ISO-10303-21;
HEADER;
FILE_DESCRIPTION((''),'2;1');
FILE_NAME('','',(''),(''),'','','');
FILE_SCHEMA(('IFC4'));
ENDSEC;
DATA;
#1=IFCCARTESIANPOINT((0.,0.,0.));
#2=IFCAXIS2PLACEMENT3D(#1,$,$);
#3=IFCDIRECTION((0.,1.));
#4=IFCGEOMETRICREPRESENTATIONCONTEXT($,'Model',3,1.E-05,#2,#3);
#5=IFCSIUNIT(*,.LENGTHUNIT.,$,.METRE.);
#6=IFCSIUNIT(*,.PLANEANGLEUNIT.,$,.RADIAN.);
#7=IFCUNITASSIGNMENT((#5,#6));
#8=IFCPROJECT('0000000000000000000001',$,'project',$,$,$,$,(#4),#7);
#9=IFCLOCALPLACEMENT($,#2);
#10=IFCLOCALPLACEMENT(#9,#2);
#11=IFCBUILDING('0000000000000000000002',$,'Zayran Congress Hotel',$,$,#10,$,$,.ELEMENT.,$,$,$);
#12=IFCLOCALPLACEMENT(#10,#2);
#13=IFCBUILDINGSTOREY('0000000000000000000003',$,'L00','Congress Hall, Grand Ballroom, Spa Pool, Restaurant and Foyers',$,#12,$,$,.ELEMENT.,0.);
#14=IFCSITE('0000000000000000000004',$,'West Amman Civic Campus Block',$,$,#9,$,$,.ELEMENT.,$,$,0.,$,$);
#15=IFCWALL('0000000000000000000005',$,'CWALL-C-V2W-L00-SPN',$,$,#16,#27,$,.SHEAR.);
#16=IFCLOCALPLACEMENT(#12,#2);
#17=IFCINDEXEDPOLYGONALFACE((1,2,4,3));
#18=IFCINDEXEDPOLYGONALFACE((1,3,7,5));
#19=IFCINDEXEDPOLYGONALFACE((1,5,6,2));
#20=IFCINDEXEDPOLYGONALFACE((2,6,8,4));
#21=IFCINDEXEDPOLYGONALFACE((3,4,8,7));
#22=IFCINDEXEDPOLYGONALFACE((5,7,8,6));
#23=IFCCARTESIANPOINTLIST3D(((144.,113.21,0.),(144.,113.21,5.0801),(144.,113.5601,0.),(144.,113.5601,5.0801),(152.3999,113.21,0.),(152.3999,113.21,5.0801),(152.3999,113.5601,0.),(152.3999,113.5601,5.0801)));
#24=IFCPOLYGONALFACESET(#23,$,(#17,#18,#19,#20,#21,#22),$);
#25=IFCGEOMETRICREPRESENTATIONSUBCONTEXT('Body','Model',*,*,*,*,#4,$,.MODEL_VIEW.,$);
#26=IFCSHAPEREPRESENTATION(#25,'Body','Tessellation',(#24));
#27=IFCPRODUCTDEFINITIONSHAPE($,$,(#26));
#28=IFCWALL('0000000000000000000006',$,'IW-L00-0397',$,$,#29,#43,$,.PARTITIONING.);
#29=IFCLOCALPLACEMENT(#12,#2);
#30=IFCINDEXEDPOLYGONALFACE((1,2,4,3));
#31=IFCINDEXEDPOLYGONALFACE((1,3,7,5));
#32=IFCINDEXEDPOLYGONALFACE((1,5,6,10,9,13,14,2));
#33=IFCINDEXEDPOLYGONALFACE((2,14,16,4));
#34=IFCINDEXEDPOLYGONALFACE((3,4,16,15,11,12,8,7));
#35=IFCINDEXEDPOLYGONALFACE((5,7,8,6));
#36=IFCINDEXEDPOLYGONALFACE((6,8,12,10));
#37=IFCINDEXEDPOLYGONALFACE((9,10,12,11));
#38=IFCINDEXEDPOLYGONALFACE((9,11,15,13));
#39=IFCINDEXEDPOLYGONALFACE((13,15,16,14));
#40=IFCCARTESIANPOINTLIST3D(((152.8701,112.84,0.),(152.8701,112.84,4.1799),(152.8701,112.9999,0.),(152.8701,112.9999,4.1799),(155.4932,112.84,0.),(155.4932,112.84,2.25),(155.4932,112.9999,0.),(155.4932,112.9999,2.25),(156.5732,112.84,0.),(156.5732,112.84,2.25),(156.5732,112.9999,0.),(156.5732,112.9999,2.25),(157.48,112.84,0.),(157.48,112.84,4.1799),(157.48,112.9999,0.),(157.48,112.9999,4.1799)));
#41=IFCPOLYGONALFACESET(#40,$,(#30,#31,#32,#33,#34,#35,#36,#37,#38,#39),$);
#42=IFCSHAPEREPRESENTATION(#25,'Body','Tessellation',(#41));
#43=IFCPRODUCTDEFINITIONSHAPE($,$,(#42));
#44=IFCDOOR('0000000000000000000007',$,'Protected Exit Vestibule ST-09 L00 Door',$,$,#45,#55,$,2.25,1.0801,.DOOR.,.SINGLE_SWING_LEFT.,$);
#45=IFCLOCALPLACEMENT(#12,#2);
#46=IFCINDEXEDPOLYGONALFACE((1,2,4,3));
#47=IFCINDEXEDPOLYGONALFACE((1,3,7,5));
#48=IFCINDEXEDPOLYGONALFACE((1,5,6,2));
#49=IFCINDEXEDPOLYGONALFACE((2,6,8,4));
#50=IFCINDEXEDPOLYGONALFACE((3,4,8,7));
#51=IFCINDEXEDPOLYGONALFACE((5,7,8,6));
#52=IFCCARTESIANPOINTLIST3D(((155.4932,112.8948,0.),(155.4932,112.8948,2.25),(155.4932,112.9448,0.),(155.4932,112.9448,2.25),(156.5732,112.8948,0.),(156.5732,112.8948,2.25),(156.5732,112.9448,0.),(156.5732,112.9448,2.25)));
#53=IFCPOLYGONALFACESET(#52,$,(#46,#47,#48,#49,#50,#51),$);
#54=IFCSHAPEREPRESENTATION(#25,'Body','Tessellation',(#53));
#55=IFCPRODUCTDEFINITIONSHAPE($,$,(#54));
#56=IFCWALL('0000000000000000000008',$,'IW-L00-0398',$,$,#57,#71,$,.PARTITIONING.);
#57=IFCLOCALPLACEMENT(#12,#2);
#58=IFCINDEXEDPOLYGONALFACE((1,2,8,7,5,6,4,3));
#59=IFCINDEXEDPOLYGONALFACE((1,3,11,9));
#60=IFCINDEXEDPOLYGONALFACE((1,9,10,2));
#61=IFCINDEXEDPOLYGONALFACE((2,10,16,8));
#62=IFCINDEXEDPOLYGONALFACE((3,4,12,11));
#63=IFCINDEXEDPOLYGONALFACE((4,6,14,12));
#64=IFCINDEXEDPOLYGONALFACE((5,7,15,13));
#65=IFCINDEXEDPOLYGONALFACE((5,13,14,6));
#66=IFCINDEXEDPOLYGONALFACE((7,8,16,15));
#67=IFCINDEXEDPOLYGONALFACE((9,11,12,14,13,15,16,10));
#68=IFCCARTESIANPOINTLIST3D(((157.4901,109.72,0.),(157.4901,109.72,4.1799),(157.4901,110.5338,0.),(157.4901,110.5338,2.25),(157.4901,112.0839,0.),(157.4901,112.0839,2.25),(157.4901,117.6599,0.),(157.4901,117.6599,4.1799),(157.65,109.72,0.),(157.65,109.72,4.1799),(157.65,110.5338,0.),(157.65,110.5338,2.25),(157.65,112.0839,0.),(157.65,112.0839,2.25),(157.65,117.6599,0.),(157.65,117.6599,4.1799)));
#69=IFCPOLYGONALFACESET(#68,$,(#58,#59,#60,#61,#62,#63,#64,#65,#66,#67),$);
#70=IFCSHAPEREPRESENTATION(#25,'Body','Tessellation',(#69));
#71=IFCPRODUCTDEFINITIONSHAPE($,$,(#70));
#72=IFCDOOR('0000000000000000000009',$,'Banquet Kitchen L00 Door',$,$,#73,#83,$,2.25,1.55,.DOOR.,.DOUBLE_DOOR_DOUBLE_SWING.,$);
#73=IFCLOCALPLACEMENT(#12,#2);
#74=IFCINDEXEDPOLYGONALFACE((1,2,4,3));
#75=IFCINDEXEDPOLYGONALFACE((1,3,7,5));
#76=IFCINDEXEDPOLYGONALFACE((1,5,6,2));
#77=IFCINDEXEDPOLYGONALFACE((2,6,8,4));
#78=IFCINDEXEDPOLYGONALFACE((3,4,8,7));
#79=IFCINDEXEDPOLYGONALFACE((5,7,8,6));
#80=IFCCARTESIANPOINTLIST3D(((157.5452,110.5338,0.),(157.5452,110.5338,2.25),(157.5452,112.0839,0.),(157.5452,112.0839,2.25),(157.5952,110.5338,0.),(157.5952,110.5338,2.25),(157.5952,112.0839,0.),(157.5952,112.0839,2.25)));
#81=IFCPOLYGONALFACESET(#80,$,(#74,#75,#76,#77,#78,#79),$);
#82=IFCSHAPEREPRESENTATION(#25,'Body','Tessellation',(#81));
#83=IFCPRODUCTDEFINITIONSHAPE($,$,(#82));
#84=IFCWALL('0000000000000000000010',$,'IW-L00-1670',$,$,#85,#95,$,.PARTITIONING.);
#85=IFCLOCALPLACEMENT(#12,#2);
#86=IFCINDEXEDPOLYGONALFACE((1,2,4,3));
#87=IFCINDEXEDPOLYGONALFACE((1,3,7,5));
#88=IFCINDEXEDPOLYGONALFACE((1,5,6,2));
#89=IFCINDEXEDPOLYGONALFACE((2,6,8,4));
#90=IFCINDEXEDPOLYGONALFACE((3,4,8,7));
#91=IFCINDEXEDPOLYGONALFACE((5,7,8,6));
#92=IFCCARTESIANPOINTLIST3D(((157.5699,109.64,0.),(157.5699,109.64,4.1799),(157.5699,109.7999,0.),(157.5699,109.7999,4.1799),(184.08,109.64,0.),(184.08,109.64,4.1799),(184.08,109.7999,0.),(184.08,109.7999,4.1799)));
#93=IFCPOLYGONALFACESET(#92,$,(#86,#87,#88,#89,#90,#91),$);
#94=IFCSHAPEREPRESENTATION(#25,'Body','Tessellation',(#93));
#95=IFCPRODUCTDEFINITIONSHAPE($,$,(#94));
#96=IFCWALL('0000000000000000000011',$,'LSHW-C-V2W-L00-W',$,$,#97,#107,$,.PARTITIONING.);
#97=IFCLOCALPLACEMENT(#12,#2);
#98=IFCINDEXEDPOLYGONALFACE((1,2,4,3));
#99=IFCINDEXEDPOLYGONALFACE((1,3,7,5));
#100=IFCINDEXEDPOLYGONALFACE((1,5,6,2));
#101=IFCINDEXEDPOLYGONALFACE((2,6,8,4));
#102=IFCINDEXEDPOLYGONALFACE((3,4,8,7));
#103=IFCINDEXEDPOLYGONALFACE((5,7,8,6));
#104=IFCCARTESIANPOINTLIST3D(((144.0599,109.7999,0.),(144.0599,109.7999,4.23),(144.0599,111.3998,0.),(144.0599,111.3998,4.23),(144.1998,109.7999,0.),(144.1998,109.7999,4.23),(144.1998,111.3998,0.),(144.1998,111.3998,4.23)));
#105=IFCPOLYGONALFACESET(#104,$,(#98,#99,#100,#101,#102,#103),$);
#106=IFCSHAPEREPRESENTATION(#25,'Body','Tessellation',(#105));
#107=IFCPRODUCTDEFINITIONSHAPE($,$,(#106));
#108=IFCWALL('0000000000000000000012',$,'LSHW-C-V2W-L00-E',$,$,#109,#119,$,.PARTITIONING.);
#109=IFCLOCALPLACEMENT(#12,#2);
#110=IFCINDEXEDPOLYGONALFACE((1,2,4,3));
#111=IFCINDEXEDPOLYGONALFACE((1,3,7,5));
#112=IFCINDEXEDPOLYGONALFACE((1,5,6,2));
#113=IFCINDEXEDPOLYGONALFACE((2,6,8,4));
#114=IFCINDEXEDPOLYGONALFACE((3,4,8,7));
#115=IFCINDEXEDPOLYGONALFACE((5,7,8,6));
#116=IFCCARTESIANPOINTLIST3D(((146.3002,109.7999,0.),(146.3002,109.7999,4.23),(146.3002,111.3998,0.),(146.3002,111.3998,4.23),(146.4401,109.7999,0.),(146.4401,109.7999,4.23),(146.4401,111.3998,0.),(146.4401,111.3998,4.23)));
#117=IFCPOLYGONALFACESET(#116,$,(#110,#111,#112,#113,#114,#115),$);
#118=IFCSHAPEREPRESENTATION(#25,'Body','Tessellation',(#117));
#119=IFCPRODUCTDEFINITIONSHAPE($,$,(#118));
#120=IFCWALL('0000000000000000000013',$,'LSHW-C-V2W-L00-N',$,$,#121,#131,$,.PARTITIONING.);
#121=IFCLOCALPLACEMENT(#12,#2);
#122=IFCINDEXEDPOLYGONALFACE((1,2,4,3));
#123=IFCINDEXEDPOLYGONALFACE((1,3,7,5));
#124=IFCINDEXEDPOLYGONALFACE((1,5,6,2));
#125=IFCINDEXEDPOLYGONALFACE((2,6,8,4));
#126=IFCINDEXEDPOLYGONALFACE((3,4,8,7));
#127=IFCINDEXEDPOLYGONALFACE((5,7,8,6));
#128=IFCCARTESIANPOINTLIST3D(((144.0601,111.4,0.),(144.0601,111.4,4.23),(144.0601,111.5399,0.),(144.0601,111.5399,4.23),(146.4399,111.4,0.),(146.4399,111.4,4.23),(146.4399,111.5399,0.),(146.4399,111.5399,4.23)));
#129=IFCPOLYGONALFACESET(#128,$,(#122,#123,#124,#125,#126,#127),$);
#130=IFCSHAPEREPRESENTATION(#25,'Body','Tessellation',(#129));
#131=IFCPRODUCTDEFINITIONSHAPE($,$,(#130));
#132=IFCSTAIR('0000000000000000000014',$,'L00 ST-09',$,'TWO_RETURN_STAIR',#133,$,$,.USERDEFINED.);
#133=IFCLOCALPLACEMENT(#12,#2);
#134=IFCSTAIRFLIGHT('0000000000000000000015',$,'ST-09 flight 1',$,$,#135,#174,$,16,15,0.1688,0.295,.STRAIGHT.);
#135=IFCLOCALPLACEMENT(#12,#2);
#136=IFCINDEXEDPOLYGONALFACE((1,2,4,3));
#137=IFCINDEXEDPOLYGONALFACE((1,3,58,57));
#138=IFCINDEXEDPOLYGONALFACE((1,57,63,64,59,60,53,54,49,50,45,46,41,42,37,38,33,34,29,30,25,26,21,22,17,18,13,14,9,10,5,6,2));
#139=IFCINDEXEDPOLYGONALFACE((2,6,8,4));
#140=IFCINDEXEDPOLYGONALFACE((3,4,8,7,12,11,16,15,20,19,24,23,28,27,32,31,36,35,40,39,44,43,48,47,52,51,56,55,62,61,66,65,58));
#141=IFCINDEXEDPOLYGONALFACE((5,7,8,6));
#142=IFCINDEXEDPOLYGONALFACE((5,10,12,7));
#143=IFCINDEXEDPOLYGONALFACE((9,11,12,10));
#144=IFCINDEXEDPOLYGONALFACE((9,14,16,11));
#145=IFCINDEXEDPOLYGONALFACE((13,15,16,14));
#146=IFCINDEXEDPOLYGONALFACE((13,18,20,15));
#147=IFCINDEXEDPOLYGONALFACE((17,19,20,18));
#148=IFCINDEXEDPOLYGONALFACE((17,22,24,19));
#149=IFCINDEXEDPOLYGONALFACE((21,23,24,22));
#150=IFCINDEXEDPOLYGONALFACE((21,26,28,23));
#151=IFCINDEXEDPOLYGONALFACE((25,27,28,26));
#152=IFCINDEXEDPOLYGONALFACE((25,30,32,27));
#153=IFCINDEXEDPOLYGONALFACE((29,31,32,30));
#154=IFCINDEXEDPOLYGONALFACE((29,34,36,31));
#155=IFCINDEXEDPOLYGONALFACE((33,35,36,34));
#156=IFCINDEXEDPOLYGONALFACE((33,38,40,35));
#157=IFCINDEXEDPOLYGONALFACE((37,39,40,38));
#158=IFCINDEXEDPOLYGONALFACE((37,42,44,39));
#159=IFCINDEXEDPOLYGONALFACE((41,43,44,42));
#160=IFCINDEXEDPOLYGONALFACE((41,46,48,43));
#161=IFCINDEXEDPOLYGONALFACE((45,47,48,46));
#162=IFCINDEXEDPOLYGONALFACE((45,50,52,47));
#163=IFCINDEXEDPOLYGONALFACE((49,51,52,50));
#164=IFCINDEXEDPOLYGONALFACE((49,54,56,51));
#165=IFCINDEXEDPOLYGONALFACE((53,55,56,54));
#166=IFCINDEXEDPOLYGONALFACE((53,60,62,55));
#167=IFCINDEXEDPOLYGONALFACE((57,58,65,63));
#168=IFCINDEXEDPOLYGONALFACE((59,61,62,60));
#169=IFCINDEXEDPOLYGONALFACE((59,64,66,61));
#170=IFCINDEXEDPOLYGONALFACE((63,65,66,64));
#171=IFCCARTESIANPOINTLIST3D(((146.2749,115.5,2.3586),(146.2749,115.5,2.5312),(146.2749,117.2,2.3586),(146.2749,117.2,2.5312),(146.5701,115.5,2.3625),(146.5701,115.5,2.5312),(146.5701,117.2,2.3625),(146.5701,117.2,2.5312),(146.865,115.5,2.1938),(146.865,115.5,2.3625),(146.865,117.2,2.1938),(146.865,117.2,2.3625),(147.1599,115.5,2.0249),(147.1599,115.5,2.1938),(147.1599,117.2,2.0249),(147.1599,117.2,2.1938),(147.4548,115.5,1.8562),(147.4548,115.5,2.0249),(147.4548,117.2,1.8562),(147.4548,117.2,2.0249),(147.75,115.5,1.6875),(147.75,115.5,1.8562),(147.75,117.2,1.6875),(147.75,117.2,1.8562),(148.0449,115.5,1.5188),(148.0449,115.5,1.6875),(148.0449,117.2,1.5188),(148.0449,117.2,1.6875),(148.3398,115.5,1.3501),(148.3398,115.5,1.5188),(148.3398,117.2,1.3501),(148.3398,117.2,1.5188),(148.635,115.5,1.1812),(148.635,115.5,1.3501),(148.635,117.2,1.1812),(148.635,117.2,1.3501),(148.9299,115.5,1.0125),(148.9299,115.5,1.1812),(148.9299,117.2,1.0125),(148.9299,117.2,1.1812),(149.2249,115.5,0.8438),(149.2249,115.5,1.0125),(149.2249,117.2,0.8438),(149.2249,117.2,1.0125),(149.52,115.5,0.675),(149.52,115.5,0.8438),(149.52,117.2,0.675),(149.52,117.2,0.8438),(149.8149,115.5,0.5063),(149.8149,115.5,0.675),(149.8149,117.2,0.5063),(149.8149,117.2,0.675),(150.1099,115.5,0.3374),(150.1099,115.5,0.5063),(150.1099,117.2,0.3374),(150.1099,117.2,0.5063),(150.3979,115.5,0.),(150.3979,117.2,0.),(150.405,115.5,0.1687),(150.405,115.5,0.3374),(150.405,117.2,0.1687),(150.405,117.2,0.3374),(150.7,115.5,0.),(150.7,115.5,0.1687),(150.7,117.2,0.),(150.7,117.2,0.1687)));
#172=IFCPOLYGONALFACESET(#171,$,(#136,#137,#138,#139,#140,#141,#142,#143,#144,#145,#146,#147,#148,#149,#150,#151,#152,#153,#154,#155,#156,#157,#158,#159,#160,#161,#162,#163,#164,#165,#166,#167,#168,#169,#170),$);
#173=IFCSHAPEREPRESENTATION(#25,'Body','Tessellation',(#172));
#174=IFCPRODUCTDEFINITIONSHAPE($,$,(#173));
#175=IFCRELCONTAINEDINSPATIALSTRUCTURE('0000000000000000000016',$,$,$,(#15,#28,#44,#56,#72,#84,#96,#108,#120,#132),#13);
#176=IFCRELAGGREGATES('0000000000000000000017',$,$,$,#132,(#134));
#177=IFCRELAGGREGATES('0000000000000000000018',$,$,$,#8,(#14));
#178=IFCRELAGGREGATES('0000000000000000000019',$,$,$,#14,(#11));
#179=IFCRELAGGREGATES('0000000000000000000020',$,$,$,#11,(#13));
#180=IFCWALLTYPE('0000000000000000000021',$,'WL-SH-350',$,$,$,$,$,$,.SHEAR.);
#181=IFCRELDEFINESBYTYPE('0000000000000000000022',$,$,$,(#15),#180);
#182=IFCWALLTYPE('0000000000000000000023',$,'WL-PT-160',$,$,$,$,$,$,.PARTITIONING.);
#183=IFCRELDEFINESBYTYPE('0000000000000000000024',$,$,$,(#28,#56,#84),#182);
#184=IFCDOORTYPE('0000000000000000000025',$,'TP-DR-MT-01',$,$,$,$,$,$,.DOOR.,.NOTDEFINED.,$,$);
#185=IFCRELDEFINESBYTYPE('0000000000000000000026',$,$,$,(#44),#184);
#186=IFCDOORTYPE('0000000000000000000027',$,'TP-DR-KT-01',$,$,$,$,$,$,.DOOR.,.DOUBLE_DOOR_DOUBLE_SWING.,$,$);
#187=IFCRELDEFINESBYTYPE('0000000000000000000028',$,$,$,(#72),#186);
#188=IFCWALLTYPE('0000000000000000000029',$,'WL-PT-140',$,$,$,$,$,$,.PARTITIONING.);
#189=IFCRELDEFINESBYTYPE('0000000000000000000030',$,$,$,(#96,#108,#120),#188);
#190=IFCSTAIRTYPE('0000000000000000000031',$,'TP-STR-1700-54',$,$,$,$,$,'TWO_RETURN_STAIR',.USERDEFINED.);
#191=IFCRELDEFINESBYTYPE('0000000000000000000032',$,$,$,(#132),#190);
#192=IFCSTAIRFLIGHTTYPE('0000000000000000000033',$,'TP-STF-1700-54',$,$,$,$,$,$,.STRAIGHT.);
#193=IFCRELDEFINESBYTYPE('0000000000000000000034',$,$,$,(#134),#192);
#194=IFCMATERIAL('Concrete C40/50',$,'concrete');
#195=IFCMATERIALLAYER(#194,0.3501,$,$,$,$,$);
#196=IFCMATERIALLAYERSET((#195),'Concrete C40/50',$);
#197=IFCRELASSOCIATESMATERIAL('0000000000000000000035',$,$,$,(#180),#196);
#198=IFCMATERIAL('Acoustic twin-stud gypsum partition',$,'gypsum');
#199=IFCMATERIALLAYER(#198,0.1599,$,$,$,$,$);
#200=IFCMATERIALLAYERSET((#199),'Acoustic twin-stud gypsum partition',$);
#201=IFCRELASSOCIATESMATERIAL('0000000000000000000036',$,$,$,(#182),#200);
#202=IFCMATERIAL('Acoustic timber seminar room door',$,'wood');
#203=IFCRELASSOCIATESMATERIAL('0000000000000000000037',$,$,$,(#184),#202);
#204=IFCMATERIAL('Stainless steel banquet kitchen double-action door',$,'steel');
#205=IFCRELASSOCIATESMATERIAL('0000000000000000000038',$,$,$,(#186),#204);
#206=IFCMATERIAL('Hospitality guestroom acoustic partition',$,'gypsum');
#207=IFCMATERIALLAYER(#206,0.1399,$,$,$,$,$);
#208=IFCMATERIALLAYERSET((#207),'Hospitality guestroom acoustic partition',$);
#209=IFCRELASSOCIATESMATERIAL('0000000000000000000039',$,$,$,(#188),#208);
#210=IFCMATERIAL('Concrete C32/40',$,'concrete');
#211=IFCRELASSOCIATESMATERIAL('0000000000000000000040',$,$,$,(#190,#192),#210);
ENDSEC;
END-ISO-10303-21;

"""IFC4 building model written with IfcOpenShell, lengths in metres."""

from ifc_helpers import new_model, si_unit, direction, frame, frame_2d, origin, place, context, subcontext, project, spatial, polyline, rectangle, outline, extrude, material, layer, layer_set, type_object, element, fill, aggregate, save


model = new_model("IFC4")

# Units and contexts
model_context = context("Model", 3, precision=1e-05, world=origin(), true_north=direction((0.0, 1.0)))
body_context = subcontext(model_context, "Body", "Model", "MODEL_VIEW")
ifc_project = project(units=[si_unit("LENGTHUNIT", "METRE"), si_unit("PLANEANGLEUNIT", "RADIAN")], contexts=[model_context])

# Site, building, storey
site_placement = place(None, origin())
site = spatial("IfcSite", under=ifc_project, at=site_placement, Name="West Amman Civic Campus Block", CompositionType="ELEMENT", RefElevation=0.0)
building_placement = place(site_placement, origin())
building = spatial("IfcBuilding", under=site, at=building_placement, Name="Zayran Congress Hotel", CompositionType="ELEMENT")
storey_placement = place(building_placement, origin())
storey = spatial("IfcBuildingStorey", under=building, at=storey_placement, Name="L00", Description="Congress Hall, Grand Ballroom, Spa Pool, Restaurant and Foyers", CompositionType="ELEMENT", Elevation=0.0)

# Shared definitions
ifc_material_1 = material(Name="Concrete C40/50", Category="concrete")

# Wall
ifc_layer_1 = layer(ifc_material_1, 0.3501)
ifc_layer_set_1 = layer_set([ifc_layer_1], Name="Concrete C40/50")
wall_type_1 = type_object("IfcWallType", Name="WL-SH-350", PredefinedType="SHEAR", material=ifc_layer_set_1)
wall_1_placement = place(storey_placement, frame((144.0, 113.385, 0.0), z_axis=(0.0, 0.0, 1.0), x_axis=(1.0, 0.0, 0.0)))
element("IfcWall", 1, at=wall_1_placement, inside=storey, type_object=wall_type_1, Name="CWALL-C-V2W-L00-SPN", PredefinedType="SHEAR", context=body_context, shape_type="SweptSolid", body=[
    extrude(rectangle(XDim=8.3999, YDim=0.3501, at=frame_2d((4.2, 0.0))), origin(), (0.0, 0.0, 1.0), 5.0801),
])

# Walls, openings, doors
ifc_material_2 = material(Name="Acoustic twin-stud gypsum partition", Category="gypsum")
ifc_layer_2 = layer(ifc_material_2, 0.1599)
ifc_layer_set_2 = layer_set([ifc_layer_2], Name="Acoustic twin-stud gypsum partition")
wall_type_2 = type_object("IfcWallType", Name="WL-PT-160", PredefinedType="PARTITIONING", material=ifc_layer_set_2)
wall_2_placement = place(storey_placement, frame((152.8701, 112.9199, 0.0), z_axis=(0.0, 0.0, 1.0), x_axis=(1.0, 0.0, 0.0)))
wall_2 = element("IfcWall", 2, at=wall_2_placement, inside=storey, type_object=wall_type_2, Name="IW-L00-0397", PredefinedType="PARTITIONING", context=body_context, shape_type="SweptSolid", body=[
    extrude(rectangle(XDim=4.6099, YDim=0.1599, at=frame_2d((2.3049, 0.0))), origin(), (0.0, 0.0, 1.0), 4.1799),
])
opening_1_placement = place(wall_2_placement, frame((2.623, 0.0, 0.0)))
opening_1 = element("IfcOpeningElement", 3, at=opening_1_placement, cuts=wall_2, PredefinedType="OPENING", context=body_context, shape_type="SweptSolid", body=[
    extrude(rectangle(XDim=1.0801, YDim=2.25, at=frame_2d((0.54, 1.125))), frame((0.0, 0.0898, 0.0), z_axis=(0.0, -1.0, 0.0), x_axis=(1.0, 0.0, 0.0)), (0.0, 0.0, 1.0), 0.1799),
])
ifc_material_3 = material(Name="Acoustic timber seminar room door", Category="wood")
door_type_1 = type_object("IfcDoorType", Name="TP-DR-MT-01", OperationType="NOTDEFINED", PredefinedType="DOOR", material=ifc_material_3)
door_1_placement = place(opening_1_placement, origin())
door_1 = element("IfcDoor", 4, at=door_1_placement, inside=storey, type_object=door_type_1, Name="Protected Exit Vestibule ST-09 L00 Door", OperationType="SINGLE_SWING_LEFT", OverallHeight=2.25, OverallWidth=1.0801, PredefinedType="DOOR", context=body_context, shape_type="SweptSolid", body=[
    extrude(rectangle(XDim=1.0801, YDim=2.25, at=frame_2d((0.54, 1.125))), frame((0.0, 0.0249, 0.0), z_axis=(0.0, -1.0, 0.0), x_axis=(1.0, 0.0, 0.0)), (0.0, 0.0, 1.0), 0.05),
])
fill(opening_1, door_1)
wall_3_placement = place(storey_placement, frame((157.5701, 109.72, 0.0), z_axis=(0.0, 0.0, 1.0), x_axis=(0.0, 1.0, 0.0)))
wall_3 = element("IfcWall", 5, at=wall_3_placement, inside=storey, type_object=wall_type_2, Name="IW-L00-0398", PredefinedType="PARTITIONING", context=body_context, shape_type="SweptSolid", body=[
    extrude(rectangle(XDim=7.9399, YDim=0.1599, at=frame_2d((3.97, 0.0))), origin(), (0.0, 0.0, 1.0), 4.1799),
])
opening_2_placement = place(wall_3_placement, frame((0.814, 0.0, 0.0)))
opening_2 = element("IfcOpeningElement", 6, at=opening_2_placement, cuts=wall_3, PredefinedType="OPENING", context=body_context, shape_type="SweptSolid", body=[
    extrude(rectangle(XDim=1.55, YDim=2.25, at=frame_2d((0.7749, 1.125))), frame((0.0, 0.0898, 0.0), z_axis=(0.0, -1.0, 0.0), x_axis=(1.0, 0.0, 0.0)), (0.0, 0.0, 1.0), 0.1799),
])
ifc_material_4 = material(Name="Stainless steel banquet kitchen double-action door", Category="steel")
door_type_2 = type_object("IfcDoorType", Name="TP-DR-KT-01", OperationType="DOUBLE_DOOR_DOUBLE_SWING", PredefinedType="DOOR", material=ifc_material_4)
door_2_placement = place(opening_2_placement, origin())
door_2 = element("IfcDoor", 7, at=door_2_placement, inside=storey, type_object=door_type_2, Name="Banquet Kitchen L00 Door", OperationType="DOUBLE_DOOR_DOUBLE_SWING", OverallHeight=2.25, OverallWidth=1.55, PredefinedType="DOOR", context=body_context, shape_type="SweptSolid", body=[
    extrude(rectangle(XDim=1.55, YDim=2.25, at=frame_2d((0.7749, 1.125))), frame((0.0, 0.0249, 0.0), z_axis=(0.0, -1.0, 0.0), x_axis=(1.0, 0.0, 0.0)), (0.0, 0.0, 1.0), 0.05),
])
fill(opening_2, door_2)

# Walls
wall_4_placement = place(storey_placement, frame((157.5701, 109.72, 0.0), z_axis=(0.0, 0.0, 1.0), x_axis=(1.0, 0.0, 0.0)))
element("IfcWall", 8, at=wall_4_placement, inside=storey, type_object=wall_type_2, Name="IW-L00-1670", PredefinedType="PARTITIONING", context=body_context, shape_type="SweptSolid", body=[
    extrude(rectangle(XDim=26.51, YDim=0.1599, at=frame_2d((13.2549, 0.0))), origin(), (0.0, 0.0, 1.0), 4.1799),
])
ifc_material_5 = material(Name="Hospitality guestroom acoustic partition", Category="gypsum")
ifc_layer_3 = layer(ifc_material_5, 0.1399)
ifc_layer_set_3 = layer_set([ifc_layer_3], Name="Hospitality guestroom acoustic partition")
wall_type_3 = type_object("IfcWallType", Name="WL-PT-140", PredefinedType="PARTITIONING", material=ifc_layer_set_3)
for number, where, z_axis, x_axis, name in (
    (9, (144.1299, 109.8, 0.0), (0.0, 0.0, 1.0), (0.0, 1.0, 0.0), "LSHW-C-V2W-L00-W"),
    (10, (146.3701, 109.8, 0.0), (0.0, 0.0, 1.0), (0.0, 1.0, 0.0), "LSHW-C-V2W-L00-E"),
):
    element("IfcWall", number, at=place(storey_placement, frame(where, z_axis=z_axis, x_axis=x_axis)), inside=storey, type_object=wall_type_3, Name=name, PredefinedType="PARTITIONING", context=body_context, shape_type="SweptSolid", body=[
        extrude(rectangle(XDim=1.5999, YDim=0.1399, at=frame_2d((0.7998, 0.0))), origin(), (0.0, 0.0, 1.0), 4.23),
    ])
wall_5_placement = place(storey_placement, frame((144.0601, 111.47, 0.0), z_axis=(0.0, 0.0, 1.0), x_axis=(1.0, 0.0, 0.0)))
element("IfcWall", 11, at=wall_5_placement, inside=storey, type_object=wall_type_3, Name="LSHW-C-V2W-L00-N", PredefinedType="PARTITIONING", context=body_context, shape_type="SweptSolid", body=[
    extrude(rectangle(XDim=2.3799, YDim=0.1399, at=frame_2d((1.1899, 0.0))), origin(), (0.0, 0.0, 1.0), 4.23),
])

# Stair, stair flight
ifc_material_6 = material(Name="Concrete C32/40", Category="concrete")
stair_type = type_object("IfcStairType", Name="TP-STR-1700-54", ElementType="TWO_RETURN_STAIR", PredefinedType="USERDEFINED", material=ifc_material_6)
stair_placement = place(storey_placement, origin())
stair = element("IfcStair", 12, at=stair_placement, inside=storey, type_object=stair_type, Name="L00 ST-09", ObjectType="TWO_RETURN_STAIR", PredefinedType="USERDEFINED")
stair_flight_type = type_object("IfcStairFlightType", Name="TP-STF-1700-54", PredefinedType="STRAIGHT", material=ifc_material_6)
stair_flight_1_placement = place(storey_placement, frame((150.7, 116.3501, 0.0), z_axis=(0.0, 0.0, 1.0), x_axis=(-1.0, 0.0, 0.0)))
stair_flight_1 = element("IfcStairFlight", 13, at=stair_flight_1_placement, type_object=stair_flight_type, Name="ST-09 flight 1", NumberOfRisers=16, NumberOfTreads=15, PredefinedType="STRAIGHT", RiserHeight=0.1688, TreadLength=0.295, context=body_context, shape_type="SweptSolid", body=[
    extrude(outline(polyline([(0.0, 0.0), (0.0, 0.1687), (0.2949, 0.1687), (0.2949, 0.3374), (0.5901, 0.3374), (0.5901, 0.5063), (0.885, 0.5063), (0.885, 0.675), (1.1799, 0.675), (1.1799, 0.8438), (1.4751, 0.8438), (1.4751, 1.0125), (1.77, 1.0125), (1.77, 1.1812), (2.0649, 1.1812), (2.0649, 1.3501), (2.3601, 1.3501), (2.3601, 1.5188), (2.655, 1.5188), (2.655, 1.6875), (2.95, 1.6875), (2.95, 1.8562), (3.2451, 1.8562), (3.2451, 2.0249), (3.54, 2.0249), (3.54, 2.1938), (3.835, 2.1938), (3.835, 2.3625), (4.1299, 2.3625), (4.1299, 2.5312), (4.425, 2.5312), (4.425, 2.7), (4.425, 2.3586), (0.302, 0.0), (0.0, 0.0)])), frame((0.0, 0.8501, 0.0), z_axis=(0.0, -1.0, 0.0), x_axis=(1.0, 0.0, 0.0)), (0.0, 0.0, 1.0), 1.7),
])
aggregate(stair, [stair_flight_1])

save(model, "model.ifc")
